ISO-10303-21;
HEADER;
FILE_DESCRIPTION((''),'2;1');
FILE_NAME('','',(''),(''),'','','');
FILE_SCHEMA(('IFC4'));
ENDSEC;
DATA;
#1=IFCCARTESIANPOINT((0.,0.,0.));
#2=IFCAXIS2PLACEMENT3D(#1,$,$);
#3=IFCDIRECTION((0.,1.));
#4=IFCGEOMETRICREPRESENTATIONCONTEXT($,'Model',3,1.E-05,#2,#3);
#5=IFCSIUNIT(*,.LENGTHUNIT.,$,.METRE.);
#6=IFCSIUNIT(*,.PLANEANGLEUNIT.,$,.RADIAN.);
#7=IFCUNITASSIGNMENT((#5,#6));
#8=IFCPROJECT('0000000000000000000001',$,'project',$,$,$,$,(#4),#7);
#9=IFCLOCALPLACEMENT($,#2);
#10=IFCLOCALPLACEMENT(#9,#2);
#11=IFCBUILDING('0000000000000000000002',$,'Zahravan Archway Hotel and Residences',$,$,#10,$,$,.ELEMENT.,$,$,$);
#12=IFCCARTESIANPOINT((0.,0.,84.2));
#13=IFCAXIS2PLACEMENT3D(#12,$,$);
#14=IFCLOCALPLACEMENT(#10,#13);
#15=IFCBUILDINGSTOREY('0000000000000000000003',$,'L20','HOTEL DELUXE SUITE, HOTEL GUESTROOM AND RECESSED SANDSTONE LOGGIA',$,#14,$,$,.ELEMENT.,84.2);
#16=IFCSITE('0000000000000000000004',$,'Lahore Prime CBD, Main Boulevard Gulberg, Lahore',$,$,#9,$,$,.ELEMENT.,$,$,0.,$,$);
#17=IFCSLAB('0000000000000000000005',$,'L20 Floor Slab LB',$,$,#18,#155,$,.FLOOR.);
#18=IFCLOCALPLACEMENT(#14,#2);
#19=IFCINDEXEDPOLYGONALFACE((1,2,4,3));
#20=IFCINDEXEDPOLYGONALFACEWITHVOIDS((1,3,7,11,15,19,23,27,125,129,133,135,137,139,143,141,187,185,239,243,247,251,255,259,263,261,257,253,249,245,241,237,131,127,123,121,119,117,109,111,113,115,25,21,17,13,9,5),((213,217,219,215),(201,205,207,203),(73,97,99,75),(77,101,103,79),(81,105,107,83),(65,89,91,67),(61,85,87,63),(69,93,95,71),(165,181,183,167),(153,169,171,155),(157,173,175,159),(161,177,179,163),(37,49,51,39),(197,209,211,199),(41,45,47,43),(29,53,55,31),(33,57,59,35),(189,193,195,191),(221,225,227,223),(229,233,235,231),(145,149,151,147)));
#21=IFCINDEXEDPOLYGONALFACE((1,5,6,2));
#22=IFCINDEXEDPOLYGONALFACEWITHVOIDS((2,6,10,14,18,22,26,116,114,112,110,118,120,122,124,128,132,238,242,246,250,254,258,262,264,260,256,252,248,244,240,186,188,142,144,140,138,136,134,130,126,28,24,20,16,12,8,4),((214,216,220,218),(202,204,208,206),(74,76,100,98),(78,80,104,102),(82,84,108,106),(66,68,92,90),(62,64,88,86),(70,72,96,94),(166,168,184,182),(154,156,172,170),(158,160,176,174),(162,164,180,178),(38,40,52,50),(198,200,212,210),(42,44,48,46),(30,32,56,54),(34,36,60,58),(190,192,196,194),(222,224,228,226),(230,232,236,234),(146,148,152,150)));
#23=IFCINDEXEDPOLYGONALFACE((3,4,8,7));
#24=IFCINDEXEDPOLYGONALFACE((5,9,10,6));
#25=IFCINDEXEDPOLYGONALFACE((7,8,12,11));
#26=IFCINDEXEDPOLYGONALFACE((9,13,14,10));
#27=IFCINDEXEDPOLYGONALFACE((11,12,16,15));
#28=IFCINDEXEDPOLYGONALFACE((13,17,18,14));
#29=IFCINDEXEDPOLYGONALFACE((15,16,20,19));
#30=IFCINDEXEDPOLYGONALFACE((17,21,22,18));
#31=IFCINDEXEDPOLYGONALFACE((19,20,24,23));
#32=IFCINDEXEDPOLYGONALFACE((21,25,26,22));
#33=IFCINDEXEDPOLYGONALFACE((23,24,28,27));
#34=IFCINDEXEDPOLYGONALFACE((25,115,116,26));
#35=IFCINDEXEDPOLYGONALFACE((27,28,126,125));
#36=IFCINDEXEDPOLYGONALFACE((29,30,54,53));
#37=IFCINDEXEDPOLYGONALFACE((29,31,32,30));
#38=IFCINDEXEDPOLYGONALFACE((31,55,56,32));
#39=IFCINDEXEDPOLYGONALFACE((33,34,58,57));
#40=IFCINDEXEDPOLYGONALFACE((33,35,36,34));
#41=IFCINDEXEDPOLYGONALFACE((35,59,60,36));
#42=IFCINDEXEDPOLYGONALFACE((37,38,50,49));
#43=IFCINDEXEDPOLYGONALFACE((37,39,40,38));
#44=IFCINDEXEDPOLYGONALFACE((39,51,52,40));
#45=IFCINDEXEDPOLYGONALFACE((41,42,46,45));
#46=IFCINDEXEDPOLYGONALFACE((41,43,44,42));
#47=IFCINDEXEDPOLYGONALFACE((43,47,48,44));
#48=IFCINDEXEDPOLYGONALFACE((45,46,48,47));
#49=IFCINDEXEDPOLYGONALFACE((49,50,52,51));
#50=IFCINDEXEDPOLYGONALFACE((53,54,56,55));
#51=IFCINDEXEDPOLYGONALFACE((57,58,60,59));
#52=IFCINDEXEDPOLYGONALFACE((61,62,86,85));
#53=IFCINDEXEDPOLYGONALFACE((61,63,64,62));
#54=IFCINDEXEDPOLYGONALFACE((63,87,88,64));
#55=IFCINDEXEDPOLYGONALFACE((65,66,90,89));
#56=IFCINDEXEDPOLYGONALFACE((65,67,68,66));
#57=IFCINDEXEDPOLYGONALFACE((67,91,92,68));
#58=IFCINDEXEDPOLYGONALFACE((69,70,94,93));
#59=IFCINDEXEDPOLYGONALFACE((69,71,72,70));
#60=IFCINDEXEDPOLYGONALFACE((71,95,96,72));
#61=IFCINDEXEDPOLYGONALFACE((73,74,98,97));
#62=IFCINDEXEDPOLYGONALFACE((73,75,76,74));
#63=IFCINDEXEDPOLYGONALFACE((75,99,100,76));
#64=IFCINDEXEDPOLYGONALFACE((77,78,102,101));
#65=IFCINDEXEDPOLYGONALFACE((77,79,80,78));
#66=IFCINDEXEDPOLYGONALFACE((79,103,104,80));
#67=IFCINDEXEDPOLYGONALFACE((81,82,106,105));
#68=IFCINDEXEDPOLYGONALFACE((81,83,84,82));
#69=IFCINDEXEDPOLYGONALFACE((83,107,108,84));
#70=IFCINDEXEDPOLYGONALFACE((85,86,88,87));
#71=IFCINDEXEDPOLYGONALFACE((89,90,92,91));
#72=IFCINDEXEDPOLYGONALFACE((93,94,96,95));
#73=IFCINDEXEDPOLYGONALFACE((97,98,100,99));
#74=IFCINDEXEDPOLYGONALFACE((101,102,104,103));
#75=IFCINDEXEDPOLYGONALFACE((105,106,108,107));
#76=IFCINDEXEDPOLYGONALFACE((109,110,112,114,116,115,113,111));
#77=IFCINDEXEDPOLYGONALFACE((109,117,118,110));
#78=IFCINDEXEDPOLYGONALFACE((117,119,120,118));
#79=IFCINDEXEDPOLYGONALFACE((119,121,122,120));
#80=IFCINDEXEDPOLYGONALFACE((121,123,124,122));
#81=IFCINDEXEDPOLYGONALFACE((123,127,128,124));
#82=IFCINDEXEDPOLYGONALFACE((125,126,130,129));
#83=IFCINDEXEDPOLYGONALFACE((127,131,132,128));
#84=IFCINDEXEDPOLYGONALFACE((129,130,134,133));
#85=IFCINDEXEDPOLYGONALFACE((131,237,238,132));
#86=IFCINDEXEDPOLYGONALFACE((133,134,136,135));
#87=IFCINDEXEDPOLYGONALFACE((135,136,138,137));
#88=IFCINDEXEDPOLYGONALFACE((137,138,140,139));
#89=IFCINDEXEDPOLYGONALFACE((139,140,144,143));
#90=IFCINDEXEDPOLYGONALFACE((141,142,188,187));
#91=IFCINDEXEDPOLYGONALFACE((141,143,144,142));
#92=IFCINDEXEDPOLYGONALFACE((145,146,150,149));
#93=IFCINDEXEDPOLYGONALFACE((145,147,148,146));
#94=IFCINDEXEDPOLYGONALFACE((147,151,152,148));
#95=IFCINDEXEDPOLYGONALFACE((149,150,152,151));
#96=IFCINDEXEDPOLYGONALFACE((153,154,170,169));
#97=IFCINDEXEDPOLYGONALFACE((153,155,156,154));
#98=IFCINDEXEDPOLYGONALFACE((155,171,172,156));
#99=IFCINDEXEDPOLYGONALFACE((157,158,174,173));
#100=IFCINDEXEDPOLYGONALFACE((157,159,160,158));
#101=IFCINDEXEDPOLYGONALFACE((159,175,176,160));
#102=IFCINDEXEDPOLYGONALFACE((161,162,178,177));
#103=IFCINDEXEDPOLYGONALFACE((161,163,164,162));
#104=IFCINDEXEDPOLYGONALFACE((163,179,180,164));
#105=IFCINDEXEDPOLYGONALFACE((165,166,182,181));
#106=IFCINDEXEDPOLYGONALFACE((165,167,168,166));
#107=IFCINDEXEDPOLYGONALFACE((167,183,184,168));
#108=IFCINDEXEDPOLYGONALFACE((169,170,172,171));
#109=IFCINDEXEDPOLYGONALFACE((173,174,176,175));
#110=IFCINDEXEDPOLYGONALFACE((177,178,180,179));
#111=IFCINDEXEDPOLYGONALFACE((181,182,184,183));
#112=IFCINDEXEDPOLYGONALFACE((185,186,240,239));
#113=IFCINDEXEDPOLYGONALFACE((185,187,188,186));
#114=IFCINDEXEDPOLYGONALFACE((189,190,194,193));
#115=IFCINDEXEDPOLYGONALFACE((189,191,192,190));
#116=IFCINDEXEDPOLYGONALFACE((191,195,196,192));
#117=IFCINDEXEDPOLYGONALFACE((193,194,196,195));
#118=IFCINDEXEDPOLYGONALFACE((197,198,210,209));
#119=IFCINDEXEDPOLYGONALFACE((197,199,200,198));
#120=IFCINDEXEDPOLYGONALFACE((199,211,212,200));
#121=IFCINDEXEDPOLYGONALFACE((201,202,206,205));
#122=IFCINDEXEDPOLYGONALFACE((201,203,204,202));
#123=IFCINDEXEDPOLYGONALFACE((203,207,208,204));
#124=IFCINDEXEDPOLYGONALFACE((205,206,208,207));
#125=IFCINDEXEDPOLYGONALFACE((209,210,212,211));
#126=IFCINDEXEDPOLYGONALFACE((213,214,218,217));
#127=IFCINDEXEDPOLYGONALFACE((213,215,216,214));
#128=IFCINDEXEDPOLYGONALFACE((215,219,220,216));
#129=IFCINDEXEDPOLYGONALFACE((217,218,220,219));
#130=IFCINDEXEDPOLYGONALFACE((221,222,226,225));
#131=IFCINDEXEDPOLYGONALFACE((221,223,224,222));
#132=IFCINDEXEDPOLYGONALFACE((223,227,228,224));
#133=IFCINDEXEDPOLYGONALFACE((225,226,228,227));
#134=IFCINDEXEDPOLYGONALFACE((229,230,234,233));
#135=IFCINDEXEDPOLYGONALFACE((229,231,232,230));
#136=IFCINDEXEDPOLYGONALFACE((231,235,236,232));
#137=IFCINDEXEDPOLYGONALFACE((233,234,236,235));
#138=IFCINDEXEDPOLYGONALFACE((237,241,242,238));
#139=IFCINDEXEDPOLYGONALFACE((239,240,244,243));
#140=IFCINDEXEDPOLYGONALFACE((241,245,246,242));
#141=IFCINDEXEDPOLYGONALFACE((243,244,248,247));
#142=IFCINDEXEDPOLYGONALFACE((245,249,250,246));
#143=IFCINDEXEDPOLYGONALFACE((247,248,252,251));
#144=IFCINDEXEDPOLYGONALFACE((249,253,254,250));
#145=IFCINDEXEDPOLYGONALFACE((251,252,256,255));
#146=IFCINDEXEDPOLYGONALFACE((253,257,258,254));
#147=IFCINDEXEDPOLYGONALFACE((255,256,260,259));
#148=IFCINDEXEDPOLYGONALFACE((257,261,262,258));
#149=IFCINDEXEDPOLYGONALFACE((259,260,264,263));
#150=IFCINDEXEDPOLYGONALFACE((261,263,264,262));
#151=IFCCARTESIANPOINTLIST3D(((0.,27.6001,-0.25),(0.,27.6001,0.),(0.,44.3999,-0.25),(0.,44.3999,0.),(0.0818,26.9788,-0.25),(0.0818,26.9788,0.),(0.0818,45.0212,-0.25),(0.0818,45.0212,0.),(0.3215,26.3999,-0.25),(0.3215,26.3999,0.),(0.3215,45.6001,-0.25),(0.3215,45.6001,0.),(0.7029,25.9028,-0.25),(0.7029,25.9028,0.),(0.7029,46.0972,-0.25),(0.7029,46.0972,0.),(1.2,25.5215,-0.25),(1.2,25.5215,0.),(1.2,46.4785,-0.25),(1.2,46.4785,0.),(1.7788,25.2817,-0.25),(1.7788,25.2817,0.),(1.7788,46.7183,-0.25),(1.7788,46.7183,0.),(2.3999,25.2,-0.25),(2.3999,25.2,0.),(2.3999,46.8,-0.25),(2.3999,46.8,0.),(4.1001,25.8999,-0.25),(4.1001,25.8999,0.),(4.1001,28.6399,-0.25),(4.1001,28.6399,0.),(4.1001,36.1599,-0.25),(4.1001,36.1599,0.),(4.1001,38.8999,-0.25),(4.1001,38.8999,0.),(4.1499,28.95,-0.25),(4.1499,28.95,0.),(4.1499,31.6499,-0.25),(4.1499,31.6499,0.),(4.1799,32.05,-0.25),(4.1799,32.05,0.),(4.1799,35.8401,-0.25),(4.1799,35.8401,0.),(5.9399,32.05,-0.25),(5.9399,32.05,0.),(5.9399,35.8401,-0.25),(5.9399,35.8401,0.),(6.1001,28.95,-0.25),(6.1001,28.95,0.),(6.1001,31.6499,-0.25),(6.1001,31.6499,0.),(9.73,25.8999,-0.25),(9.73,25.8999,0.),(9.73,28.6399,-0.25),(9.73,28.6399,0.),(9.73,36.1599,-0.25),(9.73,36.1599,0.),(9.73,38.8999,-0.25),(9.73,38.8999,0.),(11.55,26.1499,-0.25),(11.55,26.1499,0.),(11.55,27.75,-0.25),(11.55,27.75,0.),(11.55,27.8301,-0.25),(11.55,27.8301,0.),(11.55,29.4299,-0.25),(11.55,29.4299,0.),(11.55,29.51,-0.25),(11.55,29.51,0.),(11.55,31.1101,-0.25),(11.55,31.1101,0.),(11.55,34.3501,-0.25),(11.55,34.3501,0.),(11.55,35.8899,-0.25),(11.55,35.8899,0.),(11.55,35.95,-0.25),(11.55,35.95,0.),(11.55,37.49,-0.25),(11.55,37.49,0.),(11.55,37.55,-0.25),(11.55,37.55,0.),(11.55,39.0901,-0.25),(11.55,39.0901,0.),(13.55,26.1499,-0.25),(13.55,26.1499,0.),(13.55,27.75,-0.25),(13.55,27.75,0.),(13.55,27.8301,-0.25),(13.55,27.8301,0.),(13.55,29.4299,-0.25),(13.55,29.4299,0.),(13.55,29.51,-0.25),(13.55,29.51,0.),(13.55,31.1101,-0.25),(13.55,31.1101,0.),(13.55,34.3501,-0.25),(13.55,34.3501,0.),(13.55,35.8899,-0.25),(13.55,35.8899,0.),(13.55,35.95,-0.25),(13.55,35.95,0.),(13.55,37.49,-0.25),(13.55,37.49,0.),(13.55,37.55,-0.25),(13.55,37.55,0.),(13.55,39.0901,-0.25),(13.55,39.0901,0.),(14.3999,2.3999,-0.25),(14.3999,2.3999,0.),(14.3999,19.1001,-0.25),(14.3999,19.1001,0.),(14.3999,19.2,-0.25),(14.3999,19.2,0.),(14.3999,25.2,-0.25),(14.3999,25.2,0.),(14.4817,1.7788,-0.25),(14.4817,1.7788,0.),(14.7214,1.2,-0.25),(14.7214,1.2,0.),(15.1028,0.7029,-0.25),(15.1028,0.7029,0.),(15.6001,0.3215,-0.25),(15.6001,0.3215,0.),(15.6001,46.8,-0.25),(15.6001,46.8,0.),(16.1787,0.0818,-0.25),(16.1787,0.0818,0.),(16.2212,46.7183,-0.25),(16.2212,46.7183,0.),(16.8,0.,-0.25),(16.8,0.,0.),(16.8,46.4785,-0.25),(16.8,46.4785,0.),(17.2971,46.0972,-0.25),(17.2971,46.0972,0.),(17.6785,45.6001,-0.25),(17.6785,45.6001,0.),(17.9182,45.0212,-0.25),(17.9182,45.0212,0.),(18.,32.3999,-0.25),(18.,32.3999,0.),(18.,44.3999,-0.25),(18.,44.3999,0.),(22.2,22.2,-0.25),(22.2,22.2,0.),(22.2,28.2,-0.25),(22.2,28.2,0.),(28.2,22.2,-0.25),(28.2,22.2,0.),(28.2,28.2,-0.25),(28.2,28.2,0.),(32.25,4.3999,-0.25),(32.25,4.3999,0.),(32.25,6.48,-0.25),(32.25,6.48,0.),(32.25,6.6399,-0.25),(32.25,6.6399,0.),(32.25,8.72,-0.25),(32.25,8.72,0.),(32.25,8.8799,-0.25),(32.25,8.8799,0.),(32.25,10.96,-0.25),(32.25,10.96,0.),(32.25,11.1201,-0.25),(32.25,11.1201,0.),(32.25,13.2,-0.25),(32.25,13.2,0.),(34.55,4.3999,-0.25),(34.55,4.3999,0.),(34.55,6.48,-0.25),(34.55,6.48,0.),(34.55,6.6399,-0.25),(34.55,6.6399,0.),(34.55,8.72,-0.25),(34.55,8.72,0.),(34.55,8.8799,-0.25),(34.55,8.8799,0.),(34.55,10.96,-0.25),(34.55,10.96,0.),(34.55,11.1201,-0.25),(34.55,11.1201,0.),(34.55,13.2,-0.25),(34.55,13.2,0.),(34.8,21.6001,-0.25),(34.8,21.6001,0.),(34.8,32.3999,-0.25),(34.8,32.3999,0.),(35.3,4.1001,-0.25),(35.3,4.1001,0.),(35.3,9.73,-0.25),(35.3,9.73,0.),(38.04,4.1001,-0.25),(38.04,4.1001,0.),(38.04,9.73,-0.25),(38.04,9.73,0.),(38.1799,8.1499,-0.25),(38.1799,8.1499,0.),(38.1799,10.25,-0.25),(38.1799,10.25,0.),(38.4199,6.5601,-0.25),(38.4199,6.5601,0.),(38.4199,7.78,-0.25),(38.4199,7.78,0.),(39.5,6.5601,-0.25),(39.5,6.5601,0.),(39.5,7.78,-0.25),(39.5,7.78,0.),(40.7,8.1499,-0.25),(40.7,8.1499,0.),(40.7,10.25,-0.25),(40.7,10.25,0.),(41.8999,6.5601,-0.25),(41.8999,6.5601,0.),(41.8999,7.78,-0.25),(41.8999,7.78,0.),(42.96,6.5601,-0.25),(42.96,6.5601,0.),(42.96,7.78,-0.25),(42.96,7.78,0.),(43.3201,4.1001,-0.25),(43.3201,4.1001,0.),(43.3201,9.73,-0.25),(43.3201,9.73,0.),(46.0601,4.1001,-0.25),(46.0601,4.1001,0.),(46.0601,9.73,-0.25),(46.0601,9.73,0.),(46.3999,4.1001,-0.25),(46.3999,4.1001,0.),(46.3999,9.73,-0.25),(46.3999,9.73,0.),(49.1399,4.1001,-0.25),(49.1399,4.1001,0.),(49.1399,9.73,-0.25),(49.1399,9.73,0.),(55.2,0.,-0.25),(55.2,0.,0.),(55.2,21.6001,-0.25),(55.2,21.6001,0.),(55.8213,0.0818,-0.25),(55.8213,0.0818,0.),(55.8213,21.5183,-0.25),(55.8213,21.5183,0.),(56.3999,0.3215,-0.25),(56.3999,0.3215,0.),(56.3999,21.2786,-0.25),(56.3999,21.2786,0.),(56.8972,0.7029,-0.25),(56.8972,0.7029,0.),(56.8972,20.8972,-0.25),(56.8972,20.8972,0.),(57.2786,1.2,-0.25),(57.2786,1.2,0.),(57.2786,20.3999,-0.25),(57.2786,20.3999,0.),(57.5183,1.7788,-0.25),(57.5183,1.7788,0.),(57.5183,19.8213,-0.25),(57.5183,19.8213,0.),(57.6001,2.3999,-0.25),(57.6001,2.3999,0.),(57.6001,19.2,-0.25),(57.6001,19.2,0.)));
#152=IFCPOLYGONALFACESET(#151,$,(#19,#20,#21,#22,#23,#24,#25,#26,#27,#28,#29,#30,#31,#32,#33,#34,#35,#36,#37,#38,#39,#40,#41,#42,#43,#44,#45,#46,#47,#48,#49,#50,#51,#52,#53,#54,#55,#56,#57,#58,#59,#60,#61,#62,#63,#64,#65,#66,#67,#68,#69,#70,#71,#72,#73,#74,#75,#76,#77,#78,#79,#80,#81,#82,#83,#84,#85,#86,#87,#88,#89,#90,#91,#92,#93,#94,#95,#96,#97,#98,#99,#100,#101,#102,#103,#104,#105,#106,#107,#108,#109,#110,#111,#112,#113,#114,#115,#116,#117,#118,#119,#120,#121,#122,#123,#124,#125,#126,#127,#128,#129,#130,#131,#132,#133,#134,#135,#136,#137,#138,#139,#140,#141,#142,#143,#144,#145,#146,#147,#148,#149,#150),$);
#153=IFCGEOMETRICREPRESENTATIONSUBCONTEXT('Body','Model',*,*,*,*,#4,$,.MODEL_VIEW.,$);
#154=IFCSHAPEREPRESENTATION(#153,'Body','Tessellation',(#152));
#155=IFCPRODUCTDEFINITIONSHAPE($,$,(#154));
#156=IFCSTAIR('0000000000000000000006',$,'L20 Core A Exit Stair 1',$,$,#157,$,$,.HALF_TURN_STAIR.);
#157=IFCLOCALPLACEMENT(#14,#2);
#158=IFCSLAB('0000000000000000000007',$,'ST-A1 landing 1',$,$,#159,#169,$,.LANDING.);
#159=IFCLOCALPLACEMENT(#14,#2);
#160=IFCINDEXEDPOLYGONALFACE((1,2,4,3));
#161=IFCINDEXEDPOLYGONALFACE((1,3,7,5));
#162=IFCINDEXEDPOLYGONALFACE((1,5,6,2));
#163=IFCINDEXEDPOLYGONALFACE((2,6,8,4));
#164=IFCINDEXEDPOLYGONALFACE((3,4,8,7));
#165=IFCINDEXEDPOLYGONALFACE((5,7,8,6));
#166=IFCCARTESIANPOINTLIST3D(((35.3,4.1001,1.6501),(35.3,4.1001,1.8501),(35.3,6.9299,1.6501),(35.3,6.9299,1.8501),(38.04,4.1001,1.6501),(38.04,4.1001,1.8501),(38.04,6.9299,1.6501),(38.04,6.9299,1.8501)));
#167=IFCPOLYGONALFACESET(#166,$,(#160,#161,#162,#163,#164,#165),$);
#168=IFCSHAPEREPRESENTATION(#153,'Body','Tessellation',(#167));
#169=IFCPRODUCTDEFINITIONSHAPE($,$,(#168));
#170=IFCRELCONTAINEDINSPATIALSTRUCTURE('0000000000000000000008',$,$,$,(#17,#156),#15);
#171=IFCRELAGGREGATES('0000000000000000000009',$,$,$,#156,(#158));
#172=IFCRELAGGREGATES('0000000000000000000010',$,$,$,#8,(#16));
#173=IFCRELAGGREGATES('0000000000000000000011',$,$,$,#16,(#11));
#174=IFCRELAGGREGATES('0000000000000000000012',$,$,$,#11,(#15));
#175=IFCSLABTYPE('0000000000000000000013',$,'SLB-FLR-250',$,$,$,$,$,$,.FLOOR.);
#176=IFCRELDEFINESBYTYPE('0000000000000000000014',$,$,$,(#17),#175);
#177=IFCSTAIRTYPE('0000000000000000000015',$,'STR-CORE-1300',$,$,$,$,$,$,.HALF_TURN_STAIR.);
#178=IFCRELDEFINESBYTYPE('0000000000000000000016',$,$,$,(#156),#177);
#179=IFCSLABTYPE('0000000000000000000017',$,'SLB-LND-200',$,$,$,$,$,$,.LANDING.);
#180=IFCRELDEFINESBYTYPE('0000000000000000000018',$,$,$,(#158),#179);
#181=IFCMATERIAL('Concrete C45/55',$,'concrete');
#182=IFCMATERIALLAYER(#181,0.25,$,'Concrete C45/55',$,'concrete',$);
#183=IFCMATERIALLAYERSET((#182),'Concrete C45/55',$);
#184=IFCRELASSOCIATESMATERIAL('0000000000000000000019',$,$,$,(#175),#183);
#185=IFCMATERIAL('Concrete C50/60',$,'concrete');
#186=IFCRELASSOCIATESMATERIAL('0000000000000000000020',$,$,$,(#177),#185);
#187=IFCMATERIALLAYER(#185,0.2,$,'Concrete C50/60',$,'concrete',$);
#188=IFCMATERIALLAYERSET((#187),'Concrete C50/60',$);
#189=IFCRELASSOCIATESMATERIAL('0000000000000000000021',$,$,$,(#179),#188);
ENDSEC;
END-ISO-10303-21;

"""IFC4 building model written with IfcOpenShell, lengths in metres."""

from ifc_helpers import new_model, si_unit, direction, frame, origin, place, context, subcontext, project, spatial, polyline, outline, extrude, material, layer, layer_set, type_object, element, aggregate, save


model = new_model("IFC4")

# Units and contexts
model_context = context("Model", 3, precision=1e-05, world=origin(), true_north=direction((0.0, 1.0)))
body_context = subcontext(model_context, "Body", "Model", "MODEL_VIEW")
ifc_project = project(units=[si_unit("LENGTHUNIT", "METRE"), si_unit("PLANEANGLEUNIT", "RADIAN")], contexts=[model_context])

# Site, building, storey
site_placement = place(None, origin())
site = spatial("IfcSite", under=ifc_project, at=site_placement, Name="Lahore Prime CBD, Main Boulevard Gulberg, Lahore", CompositionType="ELEMENT", RefElevation=0.0)
building_placement = place(site_placement, origin())
building = spatial("IfcBuilding", under=site, at=building_placement, Name="Zahravan Archway Hotel and Residences", CompositionType="ELEMENT")
storey_placement = place(building_placement, frame((0.0, 0.0, 84.2)))
storey = spatial("IfcBuildingStorey", under=building, at=storey_placement, Name="L20", Description="HOTEL DELUXE SUITE, HOTEL GUESTROOM AND RECESSED SANDSTONE LOGGIA", CompositionType="ELEMENT", Elevation=84.2)

# Slab
ifc_material_1 = material(Name="Concrete C45/55", Category="concrete")
ifc_layer_1 = layer(ifc_material_1, 0.25, Name="Concrete C45/55", Category="concrete")
ifc_layer_set_1 = layer_set([ifc_layer_1], Name="Concrete C45/55")
slab_type_1 = type_object("IfcSlabType", Name="SLB-FLR-250", PredefinedType="FLOOR", material=ifc_layer_set_1)
slab_1_placement = place(storey_placement, frame((0.0, 0.0, -0.25)))
element("IfcSlab", 1, at=slab_1_placement, inside=storey, type_object=slab_type_1, Name="L20 Floor Slab LB", PredefinedType="FLOOR", context=body_context, shape_type="SweptSolid", body=[
    extrude(outline(polyline([(34.8, 21.6001), (34.8, 32.3999), (18.0, 32.3999), (18.0, 44.3999), (17.9182, 45.0212), (17.6785, 45.6001), (17.2971, 46.0972), (16.8, 46.4785), (16.2212, 46.7183), (15.6001, 46.8), (2.3999, 46.8), (1.7788, 46.7183), (1.2, 46.4785), (0.7029, 46.0972), (0.3215, 45.6001), (0.0818, 45.0212), (0.0, 44.3999), (0.0, 27.6001), (0.0818, 26.9788), (0.3215, 26.3999), (0.7029, 25.9028), (1.2, 25.5215), (1.7788, 25.2817), (2.3999, 25.2), (14.3999, 25.2), (14.3999, 19.2), (14.3999, 19.1001), (14.3999, 2.3999), (14.4817, 1.7788), (14.7214, 1.2), (15.1028, 0.7029), (15.6001, 0.3215), (16.1787, 0.0818), (16.8, 0.0), (55.2, 0.0), (55.8213, 0.0818), (56.3999, 0.3215), (56.8972, 0.7029), (57.2786, 1.2), (57.5183, 1.7788), (57.6001, 2.3999), (57.6001, 19.2), (57.5183, 19.8213), (57.2786, 20.3999), (56.8972, 20.8972), (56.3999, 21.2786), (55.8213, 21.5183), (55.2, 21.6001), (34.8, 21.6001)]), holes=[polyline([(35.3, 9.73), (35.3, 4.1001), (38.04, 4.1001), (38.04, 9.73), (35.3, 9.73)]), polyline([(43.3201, 9.73), (43.3201, 4.1001), (46.0601, 4.1001), (46.0601, 9.73), (43.3201, 9.73)]), polyline([(46.3999, 9.73), (46.3999, 4.1001), (49.1399, 4.1001), (49.1399, 9.73), (46.3999, 9.73)]), polyline([(9.73, 28.6399), (4.1001, 28.6399), (4.1001, 25.8999), (9.73, 25.8999), (9.73, 28.6399)]), polyline([(9.73, 38.8999), (4.1001, 38.8999), (4.1001, 36.1599), (9.73, 36.1599), (9.73, 38.8999)]), polyline([(38.1799, 8.1499), (40.7, 8.1499), (40.7, 10.25), (38.1799, 10.25), (38.1799, 8.1499)]), polyline([(4.1499, 28.95), (6.1001, 28.95), (6.1001, 31.6499), (4.1499, 31.6499), (4.1499, 28.95)]), polyline([(11.55, 26.1499), (13.55, 26.1499), (13.55, 27.75), (11.55, 27.75), (11.55, 26.1499)]), polyline([(11.55, 27.8301), (13.55, 27.8301), (13.55, 29.4299), (11.55, 29.4299), (11.55, 27.8301)]), polyline([(11.55, 29.51), (13.55, 29.51), (13.55, 31.1101), (11.55, 31.1101), (11.55, 29.51)]), polyline([(11.55, 34.3501), (13.55, 34.3501), (13.55, 35.8899), (11.55, 35.8899), (11.55, 34.3501)]), polyline([(11.55, 35.95), (13.55, 35.95), (13.55, 37.49), (11.55, 37.49), (11.55, 35.95)]), polyline([(11.55, 37.55), (13.55, 37.55), (13.55, 39.0901), (11.55, 39.0901), (11.55, 37.55)]), polyline([(32.25, 4.3999), (34.55, 4.3999), (34.55, 6.48), (32.25, 6.48), (32.25, 4.3999)]), polyline([(32.25, 6.6399), (34.55, 6.6399), (34.55, 8.72), (32.25, 8.72), (32.25, 6.6399)]), polyline([(32.25, 8.8799), (34.55, 8.8799), (34.55, 10.96), (32.25, 10.96), (32.25, 8.8799)]), polyline([(32.25, 11.1201), (34.55, 11.1201), (34.55, 13.2), (32.25, 13.2), (32.25, 11.1201)]), polyline([(22.2, 22.2), (28.2, 22.2), (28.2, 28.2), (22.2, 28.2), (22.2, 22.2)]), polyline([(38.4199, 6.5601), (39.5, 6.5601), (39.5, 7.78), (38.4199, 7.78), (38.4199, 6.5601)]), polyline([(41.8999, 6.5601), (42.96, 6.5601), (42.96, 7.78), (41.8999, 7.78), (41.8999, 6.5601)]), polyline([(4.1799, 32.05), (5.9399, 32.05), (5.9399, 35.8401), (4.1799, 35.8401), (4.1799, 32.05)])]), origin(), (0.0, 0.0, 1.0), 0.25),
])

# Stair, slab
ifc_material_2 = material(Name="Concrete C50/60", Category="concrete")
stair_type = type_object("IfcStairType", Name="STR-CORE-1300", PredefinedType="HALF_TURN_STAIR", material=ifc_material_2)
stair_1_placement = place(storey_placement, origin())
stair_1 = element("IfcStair", 2, at=stair_1_placement, inside=storey, type_object=stair_type, Name="L20 Core A Exit Stair 1", PredefinedType="HALF_TURN_STAIR")
ifc_layer_2 = layer(ifc_material_2, 0.2, Name="Concrete C50/60", Category="concrete")
ifc_layer_set_2 = layer_set([ifc_layer_2], Name="Concrete C50/60")
slab_type_2 = type_object("IfcSlabType", Name="SLB-LND-200", PredefinedType="LANDING", material=ifc_layer_set_2)
slab_2_placement = place(storey_placement, frame((0.0, 0.0, 1.6501)))
slab_2 = element("IfcSlab", 3, at=slab_2_placement, type_object=slab_type_2, Name="ST-A1 landing 1", PredefinedType="LANDING", context=body_context, shape_type="SweptSolid", body=[
    extrude(outline(polyline([(35.3, 6.9299), (35.3, 4.1001), (38.04, 4.1001), (38.04, 6.9299), (35.3, 6.9299)])), origin(), (0.0, 0.0, 1.0), 0.2),
])
aggregate(stair_1, [slab_2])

save(model, "model.ifc")
